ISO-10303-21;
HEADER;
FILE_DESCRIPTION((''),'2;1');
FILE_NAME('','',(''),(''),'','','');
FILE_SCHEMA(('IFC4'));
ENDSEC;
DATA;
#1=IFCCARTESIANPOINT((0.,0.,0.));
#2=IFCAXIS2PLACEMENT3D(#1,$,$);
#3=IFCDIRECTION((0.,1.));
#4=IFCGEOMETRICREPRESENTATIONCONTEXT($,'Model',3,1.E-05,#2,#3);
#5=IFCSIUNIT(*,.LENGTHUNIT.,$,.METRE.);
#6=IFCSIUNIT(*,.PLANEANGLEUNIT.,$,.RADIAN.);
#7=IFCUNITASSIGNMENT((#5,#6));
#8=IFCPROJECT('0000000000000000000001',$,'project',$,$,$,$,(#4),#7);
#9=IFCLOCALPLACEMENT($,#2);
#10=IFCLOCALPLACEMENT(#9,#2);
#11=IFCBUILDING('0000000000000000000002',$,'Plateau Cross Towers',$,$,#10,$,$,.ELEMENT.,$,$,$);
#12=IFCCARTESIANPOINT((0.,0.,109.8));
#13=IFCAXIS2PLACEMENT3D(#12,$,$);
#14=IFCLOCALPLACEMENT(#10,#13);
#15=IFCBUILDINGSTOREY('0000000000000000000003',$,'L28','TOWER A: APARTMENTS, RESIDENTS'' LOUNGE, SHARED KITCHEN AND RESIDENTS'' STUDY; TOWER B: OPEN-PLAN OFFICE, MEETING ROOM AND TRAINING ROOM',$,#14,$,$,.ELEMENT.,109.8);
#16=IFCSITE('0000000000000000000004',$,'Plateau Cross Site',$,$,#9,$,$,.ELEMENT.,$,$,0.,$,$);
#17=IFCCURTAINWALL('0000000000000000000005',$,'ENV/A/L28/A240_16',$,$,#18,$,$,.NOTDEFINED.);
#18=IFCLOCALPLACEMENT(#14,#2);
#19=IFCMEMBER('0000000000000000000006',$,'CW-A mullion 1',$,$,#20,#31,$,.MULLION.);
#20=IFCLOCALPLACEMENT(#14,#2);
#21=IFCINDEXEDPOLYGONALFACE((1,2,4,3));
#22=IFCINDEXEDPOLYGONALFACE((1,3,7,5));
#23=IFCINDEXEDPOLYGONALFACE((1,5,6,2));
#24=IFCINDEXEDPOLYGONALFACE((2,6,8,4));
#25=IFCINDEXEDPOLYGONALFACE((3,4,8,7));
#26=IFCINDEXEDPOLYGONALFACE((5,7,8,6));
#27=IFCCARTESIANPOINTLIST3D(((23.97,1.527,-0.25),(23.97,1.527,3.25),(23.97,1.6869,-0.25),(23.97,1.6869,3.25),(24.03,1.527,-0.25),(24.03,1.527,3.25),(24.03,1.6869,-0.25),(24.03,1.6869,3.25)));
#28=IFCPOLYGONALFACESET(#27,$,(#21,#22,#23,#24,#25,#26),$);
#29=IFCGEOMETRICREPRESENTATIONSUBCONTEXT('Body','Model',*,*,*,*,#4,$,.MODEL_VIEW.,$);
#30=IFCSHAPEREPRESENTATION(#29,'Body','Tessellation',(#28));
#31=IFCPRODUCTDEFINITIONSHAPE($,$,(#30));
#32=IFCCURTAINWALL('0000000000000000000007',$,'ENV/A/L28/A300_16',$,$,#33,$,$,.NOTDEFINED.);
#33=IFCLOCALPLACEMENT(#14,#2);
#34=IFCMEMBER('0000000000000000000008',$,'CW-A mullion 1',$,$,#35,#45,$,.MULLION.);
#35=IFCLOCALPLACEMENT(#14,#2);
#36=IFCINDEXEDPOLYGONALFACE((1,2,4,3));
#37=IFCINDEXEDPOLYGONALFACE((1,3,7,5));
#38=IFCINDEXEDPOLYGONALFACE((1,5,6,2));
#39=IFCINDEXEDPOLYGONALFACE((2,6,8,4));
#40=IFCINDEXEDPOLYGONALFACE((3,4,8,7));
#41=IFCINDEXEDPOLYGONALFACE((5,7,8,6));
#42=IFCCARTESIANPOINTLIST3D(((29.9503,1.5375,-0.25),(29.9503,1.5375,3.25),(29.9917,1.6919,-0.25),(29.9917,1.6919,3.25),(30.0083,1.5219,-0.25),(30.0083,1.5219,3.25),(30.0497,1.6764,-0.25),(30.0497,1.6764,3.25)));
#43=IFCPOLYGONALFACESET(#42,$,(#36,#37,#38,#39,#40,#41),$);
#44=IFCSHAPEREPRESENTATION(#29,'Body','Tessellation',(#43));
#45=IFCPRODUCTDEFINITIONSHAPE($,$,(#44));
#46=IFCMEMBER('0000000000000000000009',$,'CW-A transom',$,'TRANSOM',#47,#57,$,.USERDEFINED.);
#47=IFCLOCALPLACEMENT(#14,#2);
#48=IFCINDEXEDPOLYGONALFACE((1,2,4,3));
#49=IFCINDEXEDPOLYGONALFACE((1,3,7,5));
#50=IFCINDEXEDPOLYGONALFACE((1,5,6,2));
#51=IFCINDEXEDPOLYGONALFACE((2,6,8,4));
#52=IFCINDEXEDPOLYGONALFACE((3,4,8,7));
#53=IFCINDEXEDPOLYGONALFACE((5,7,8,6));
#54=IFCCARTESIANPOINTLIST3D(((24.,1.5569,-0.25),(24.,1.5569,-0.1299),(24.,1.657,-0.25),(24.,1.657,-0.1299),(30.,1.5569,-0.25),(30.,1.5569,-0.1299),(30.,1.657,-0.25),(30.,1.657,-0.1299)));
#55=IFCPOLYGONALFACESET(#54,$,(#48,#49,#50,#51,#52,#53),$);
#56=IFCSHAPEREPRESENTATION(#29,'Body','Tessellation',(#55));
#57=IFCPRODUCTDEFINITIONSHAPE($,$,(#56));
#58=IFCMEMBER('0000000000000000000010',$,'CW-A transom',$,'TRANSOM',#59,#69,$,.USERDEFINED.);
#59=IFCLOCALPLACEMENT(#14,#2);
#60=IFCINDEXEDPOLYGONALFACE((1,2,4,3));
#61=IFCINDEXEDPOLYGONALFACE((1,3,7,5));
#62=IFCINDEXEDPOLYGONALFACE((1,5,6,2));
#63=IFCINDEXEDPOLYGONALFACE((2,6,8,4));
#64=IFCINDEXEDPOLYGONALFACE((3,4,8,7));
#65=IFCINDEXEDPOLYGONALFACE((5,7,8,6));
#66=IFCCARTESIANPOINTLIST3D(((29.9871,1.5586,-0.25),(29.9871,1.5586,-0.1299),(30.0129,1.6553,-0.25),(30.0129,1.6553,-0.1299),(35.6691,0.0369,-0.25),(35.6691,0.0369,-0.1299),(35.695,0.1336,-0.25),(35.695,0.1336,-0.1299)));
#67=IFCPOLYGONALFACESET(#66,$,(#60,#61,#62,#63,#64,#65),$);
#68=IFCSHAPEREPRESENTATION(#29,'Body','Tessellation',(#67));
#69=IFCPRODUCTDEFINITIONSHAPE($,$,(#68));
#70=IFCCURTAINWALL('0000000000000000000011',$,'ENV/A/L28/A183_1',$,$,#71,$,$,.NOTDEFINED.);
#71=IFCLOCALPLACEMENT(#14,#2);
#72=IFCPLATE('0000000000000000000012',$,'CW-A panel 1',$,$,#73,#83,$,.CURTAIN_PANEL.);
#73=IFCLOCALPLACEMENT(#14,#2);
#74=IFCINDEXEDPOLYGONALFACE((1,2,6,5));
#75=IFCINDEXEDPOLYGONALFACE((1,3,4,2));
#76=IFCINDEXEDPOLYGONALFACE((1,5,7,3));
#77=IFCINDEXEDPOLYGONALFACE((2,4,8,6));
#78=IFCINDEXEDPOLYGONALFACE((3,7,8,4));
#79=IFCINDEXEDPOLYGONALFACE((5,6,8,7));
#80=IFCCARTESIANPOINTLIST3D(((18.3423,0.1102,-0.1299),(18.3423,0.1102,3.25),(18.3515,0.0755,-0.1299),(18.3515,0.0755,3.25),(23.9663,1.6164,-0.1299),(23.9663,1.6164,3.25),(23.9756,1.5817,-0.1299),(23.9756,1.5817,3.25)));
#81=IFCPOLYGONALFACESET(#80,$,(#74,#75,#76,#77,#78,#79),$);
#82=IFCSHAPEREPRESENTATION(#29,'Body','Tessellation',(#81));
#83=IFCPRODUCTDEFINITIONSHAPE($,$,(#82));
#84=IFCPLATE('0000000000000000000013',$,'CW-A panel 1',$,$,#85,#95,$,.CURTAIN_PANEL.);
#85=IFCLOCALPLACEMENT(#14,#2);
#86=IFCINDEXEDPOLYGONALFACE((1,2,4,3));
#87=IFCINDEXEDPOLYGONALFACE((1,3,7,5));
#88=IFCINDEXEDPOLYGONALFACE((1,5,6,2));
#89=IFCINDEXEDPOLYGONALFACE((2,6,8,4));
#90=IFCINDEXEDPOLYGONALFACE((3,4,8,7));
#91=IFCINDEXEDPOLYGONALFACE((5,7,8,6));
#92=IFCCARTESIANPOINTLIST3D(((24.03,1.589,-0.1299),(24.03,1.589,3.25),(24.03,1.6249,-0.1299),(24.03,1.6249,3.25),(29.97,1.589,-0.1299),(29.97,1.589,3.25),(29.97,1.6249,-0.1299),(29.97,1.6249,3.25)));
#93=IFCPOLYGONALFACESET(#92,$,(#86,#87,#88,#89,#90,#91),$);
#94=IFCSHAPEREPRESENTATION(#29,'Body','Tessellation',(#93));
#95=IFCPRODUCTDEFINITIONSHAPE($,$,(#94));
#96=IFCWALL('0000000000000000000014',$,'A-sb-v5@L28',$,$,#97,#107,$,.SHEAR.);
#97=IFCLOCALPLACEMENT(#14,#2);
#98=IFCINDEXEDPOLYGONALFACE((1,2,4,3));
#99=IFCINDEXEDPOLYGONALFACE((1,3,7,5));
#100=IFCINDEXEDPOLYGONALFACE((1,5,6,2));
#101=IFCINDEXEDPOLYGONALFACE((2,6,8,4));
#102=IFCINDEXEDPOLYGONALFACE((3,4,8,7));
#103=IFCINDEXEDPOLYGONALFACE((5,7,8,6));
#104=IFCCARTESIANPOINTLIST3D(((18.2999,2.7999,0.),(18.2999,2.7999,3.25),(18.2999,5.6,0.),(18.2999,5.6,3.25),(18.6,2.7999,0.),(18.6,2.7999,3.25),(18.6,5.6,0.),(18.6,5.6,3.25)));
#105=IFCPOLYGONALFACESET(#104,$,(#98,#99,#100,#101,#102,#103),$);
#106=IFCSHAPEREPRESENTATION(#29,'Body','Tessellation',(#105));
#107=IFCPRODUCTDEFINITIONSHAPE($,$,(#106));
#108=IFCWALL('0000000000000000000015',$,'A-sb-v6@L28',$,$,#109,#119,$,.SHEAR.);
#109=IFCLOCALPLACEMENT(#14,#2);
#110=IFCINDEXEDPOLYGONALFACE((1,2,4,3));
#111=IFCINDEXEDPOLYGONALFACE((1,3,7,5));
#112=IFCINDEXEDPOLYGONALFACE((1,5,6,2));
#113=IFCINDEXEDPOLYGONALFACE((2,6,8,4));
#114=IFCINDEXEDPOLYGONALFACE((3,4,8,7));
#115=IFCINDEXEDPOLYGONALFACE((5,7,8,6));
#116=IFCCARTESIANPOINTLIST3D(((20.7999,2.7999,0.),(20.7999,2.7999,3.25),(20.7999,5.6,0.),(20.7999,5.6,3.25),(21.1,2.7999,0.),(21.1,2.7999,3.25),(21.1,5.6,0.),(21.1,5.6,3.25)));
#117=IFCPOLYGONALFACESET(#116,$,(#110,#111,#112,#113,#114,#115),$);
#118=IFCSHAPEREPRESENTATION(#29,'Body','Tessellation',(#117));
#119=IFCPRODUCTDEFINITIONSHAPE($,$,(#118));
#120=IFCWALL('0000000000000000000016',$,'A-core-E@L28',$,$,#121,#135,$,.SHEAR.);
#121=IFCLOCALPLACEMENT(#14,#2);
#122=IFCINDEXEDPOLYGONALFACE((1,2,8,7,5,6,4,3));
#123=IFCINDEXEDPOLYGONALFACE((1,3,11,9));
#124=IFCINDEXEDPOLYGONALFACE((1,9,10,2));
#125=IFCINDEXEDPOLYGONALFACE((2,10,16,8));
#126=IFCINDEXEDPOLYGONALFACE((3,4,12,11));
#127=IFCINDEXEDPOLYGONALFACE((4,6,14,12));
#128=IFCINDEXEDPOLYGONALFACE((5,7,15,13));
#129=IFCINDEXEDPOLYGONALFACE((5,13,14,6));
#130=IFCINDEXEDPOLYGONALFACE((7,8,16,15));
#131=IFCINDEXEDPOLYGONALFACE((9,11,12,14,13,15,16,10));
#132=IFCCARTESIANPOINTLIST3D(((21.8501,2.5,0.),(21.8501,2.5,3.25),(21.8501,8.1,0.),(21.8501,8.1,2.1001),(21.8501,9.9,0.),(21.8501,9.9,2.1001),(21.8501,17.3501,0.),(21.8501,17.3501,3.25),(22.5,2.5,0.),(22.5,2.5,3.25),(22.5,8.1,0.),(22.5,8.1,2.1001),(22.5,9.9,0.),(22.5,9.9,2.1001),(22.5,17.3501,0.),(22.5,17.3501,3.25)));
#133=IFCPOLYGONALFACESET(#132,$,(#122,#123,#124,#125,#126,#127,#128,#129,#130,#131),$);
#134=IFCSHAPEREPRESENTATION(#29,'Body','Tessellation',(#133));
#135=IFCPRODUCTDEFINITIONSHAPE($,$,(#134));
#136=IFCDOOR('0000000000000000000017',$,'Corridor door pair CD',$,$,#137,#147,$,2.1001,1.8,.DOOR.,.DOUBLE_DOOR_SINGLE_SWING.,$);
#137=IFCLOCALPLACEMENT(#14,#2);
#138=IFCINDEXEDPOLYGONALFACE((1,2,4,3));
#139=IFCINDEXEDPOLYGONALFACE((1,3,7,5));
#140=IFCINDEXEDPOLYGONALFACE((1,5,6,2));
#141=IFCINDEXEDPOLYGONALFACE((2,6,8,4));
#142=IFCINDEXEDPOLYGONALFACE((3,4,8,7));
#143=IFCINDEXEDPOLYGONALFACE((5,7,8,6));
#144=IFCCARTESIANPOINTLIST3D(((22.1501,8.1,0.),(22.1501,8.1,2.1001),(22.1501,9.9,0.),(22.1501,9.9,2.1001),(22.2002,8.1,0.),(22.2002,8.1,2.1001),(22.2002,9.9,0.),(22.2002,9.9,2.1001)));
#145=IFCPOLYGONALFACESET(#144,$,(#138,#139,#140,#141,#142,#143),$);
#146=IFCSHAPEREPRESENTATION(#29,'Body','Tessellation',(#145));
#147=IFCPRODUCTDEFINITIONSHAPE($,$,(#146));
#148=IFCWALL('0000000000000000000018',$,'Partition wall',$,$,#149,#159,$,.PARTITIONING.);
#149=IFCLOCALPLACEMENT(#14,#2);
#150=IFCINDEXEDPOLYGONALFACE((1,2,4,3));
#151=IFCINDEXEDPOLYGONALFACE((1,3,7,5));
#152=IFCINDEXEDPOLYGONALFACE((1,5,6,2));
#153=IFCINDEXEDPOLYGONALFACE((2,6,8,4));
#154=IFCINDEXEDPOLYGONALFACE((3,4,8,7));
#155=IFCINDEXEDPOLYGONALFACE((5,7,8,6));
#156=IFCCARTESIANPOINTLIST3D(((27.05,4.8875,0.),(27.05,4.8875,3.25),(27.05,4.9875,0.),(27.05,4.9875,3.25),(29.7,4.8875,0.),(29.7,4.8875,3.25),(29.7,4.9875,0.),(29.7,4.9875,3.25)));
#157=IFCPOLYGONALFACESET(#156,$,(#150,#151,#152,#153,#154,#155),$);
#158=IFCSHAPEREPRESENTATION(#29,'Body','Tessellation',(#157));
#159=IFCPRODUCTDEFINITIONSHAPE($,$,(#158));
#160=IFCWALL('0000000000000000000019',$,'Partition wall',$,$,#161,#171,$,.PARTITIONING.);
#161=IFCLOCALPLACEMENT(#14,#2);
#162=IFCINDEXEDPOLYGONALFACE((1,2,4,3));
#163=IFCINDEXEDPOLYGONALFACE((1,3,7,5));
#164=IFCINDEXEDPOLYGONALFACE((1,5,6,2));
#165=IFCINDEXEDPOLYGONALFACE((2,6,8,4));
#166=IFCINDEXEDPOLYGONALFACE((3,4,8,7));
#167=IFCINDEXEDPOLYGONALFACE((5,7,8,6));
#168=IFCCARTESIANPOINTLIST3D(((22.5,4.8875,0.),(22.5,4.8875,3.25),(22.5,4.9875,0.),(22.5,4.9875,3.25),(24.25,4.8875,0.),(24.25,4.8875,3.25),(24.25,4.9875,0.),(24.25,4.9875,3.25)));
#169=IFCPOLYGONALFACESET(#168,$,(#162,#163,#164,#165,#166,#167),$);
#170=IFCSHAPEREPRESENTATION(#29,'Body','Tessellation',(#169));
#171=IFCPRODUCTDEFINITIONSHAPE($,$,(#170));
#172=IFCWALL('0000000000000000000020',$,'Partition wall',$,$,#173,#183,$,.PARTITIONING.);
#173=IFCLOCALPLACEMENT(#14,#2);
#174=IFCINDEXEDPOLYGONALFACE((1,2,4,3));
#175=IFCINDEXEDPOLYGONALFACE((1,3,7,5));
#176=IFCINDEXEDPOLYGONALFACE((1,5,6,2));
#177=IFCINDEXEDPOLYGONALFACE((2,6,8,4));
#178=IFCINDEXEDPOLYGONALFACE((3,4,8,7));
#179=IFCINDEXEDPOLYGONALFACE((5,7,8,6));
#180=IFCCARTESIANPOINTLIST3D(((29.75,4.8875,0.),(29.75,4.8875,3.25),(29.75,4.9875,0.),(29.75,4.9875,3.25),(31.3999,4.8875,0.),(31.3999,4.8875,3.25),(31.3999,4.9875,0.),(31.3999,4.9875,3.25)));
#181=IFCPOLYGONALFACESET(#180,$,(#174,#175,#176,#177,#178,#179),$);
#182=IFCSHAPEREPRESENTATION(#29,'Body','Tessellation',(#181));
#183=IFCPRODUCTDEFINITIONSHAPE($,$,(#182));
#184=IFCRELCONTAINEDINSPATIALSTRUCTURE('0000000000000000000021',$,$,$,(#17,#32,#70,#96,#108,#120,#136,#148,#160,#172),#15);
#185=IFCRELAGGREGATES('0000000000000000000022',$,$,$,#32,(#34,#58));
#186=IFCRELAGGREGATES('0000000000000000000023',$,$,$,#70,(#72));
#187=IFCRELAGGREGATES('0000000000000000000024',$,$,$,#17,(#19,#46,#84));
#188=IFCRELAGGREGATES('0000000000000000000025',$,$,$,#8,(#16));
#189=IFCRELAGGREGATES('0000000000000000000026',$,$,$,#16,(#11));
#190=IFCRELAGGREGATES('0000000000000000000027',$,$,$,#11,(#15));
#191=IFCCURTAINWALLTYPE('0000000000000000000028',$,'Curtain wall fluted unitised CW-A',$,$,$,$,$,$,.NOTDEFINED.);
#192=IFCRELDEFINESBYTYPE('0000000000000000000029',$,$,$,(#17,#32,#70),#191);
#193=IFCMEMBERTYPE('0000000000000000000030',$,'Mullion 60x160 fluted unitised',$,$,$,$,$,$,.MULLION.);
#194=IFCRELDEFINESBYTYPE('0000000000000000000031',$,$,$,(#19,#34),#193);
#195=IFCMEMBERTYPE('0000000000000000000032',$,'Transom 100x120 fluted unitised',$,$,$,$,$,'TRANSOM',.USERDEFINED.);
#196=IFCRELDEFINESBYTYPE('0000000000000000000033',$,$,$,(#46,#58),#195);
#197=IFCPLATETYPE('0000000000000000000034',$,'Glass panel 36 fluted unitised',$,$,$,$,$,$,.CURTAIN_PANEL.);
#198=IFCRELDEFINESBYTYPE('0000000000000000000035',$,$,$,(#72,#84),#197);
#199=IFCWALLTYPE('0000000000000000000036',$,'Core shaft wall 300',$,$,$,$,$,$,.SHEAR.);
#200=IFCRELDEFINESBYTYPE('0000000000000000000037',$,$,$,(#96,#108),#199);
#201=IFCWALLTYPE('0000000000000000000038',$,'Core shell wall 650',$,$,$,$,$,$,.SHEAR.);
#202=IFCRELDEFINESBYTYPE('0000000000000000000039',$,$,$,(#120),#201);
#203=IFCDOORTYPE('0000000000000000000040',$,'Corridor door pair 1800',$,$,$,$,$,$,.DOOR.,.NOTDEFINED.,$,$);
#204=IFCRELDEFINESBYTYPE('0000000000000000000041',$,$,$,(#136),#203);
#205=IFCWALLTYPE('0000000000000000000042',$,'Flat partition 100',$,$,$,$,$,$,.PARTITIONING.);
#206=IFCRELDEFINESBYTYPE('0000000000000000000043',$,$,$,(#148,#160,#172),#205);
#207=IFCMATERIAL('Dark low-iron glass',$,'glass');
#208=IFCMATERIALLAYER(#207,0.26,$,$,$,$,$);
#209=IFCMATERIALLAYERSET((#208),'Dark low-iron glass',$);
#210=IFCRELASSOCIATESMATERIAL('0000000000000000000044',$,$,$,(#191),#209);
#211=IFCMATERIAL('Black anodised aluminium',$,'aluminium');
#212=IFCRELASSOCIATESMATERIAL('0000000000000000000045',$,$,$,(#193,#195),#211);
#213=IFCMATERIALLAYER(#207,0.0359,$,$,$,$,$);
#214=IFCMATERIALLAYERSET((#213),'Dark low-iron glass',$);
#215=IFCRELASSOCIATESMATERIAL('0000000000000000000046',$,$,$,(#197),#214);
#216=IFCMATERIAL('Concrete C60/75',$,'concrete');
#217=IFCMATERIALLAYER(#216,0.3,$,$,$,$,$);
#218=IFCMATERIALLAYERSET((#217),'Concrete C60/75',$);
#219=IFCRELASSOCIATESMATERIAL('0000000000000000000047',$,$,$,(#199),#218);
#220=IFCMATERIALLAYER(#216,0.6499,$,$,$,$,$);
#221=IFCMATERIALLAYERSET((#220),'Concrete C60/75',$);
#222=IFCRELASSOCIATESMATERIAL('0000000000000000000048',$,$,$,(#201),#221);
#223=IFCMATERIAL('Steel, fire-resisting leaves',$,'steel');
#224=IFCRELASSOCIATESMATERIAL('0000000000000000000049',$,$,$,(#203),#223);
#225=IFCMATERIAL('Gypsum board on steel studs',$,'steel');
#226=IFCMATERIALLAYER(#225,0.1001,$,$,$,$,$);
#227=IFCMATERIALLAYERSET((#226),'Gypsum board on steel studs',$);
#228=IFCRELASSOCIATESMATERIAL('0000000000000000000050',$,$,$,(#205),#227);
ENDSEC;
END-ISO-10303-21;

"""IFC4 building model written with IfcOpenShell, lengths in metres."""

from ifc_helpers import new_model, si_unit, direction, frame, frame_2d, origin, origin_2d, place, context, subcontext, project, spatial, rectangle, extrude, material, layer, layer_set, material_profile, profile_set, type_object, element, fill, aggregate, save


model = new_model("IFC4")

# Units and contexts
model_context = context("Model", 3, precision=1e-05, world=origin(), true_north=direction((0.0, 1.0)))
body_context = subcontext(model_context, "Body", "Model", "MODEL_VIEW")
ifc_project = project(units=[si_unit("LENGTHUNIT", "METRE"), si_unit("PLANEANGLEUNIT", "RADIAN")], contexts=[model_context])

# Site, building, storey
site_placement = place(None, origin())
site = spatial("IfcSite", under=ifc_project, at=site_placement, Name="Plateau Cross Site", CompositionType="ELEMENT", RefElevation=0.0)
building_placement = place(site_placement, origin())
building = spatial("IfcBuilding", under=site, at=building_placement, Name="Plateau Cross Towers", CompositionType="ELEMENT")
storey_placement = place(building_placement, frame((0.0, 0.0, 109.8)))
storey = spatial("IfcBuildingStorey", under=building, at=storey_placement, Name="L28", Description="TOWER A: APARTMENTS, RESIDENTS' LOUNGE, SHARED KITCHEN AND RESIDENTS' STUDY; TOWER B: OPEN-PLAN OFFICE, MEETING ROOM AND TRAINING ROOM", CompositionType="ELEMENT", Elevation=109.8)

# Curtain walls, members
ifc_material_1 = material(Name="Dark low-iron glass", Category="glass")
ifc_layer_1 = layer(ifc_material_1, 0.26)
ifc_layer_set_1 = layer_set([ifc_layer_1], Name="Dark low-iron glass")
curtain_wall_type = type_object("IfcCurtainWallType", Name="Curtain wall fluted unitised CW-A", PredefinedType="NOTDEFINED", material=ifc_layer_set_1)
curtain_wall_1_placement = place(storey_placement, origin())
curtain_wall_1 = element("IfcCurtainWall", 1, at=curtain_wall_1_placement, inside=storey, type_object=curtain_wall_type, Name="ENV/A/L28/A240_16", PredefinedType="NOTDEFINED")
ifc_material_2 = material(Name="Black anodised aluminium", Category="aluminium")
ifc_material_profile_1 = material_profile(ifc_material_2, rectangle(XDim=0.0601, YDim=0.1599, at=origin_2d()), Name="MULLION 60x160")
ifc_profile_set_1 = profile_set([ifc_material_profile_1], Name="Black anodised aluminium")
member_type_1 = type_object("IfcMemberType", Name="Mullion 60x160 fluted unitised", PredefinedType="MULLION", material=ifc_profile_set_1)
member_1_placement = place(storey_placement, frame((24.0, 1.6069, -0.25), z_axis=(0.0, 0.0, 1.0), x_axis=(1.0, 0.0, 0.0)))
member_1 = element("IfcMember", 2, at=member_1_placement, type_object=member_type_1, Name="CW-A mullion 1", PredefinedType="MULLION", context=body_context, shape_type="SweptSolid", body=[
    extrude(rectangle(XDim=0.0601, YDim=0.1599, at=origin_2d()), origin(), (0.0, 0.0, 1.0), 3.5),
])
curtain_wall_2_placement = place(storey_placement, origin())
curtain_wall_2 = element("IfcCurtainWall", 3, at=curtain_wall_2_placement, inside=storey, type_object=curtain_wall_type, Name="ENV/A/L28/A300_16", PredefinedType="NOTDEFINED")
member_2_placement = place(storey_placement, frame((30.0, 1.6069, -0.25), z_axis=(0.0, 0.0, 1.0), x_axis=(0.965958, -0.258699, 0.0)))
member_2 = element("IfcMember", 4, at=member_2_placement, type_object=member_type_1, Name="CW-A mullion 1", PredefinedType="MULLION", context=body_context, shape_type="SweptSolid", body=[
    extrude(rectangle(XDim=0.0601, YDim=0.1599, at=origin_2d()), origin(), (0.0, 0.0, 1.0), 3.5),
])

# Members
ifc_material_profile_2 = material_profile(ifc_material_2, rectangle(XDim=0.1001, YDim=0.1201, at=origin_2d()), Name="TRANSOM 100x120")
ifc_profile_set_2 = profile_set([ifc_material_profile_2], Name="Black anodised aluminium")
member_type_2 = type_object("IfcMemberType", Name="Transom 100x120 fluted unitised", ElementType="TRANSOM", PredefinedType="USERDEFINED", material=ifc_profile_set_2)
member_3_placement = place(storey_placement, frame((24.0, 1.6069, -0.1899), z_axis=(1.0, 0.0, 0.0), x_axis=(0.0, 1.0, 0.0)))
member_3 = element("IfcMember", 5, at=member_3_placement, type_object=member_type_2, Name="CW-A transom", ObjectType="TRANSOM", PredefinedType="USERDEFINED", context=body_context, shape_type="SweptSolid", body=[
    extrude(rectangle(XDim=0.1001, YDim=0.1201, at=origin_2d()), origin(), (0.0, 0.0, 1.0), 6.0),
])
member_4_placement = place(storey_placement, frame((30.0, 1.6069, -0.1899), z_axis=(0.96596, -0.258693, 0.0), x_axis=(0.258693, 0.96596, 0.0)))
member_4 = element("IfcMember", 6, at=member_4_placement, type_object=member_type_2, Name="CW-A transom", ObjectType="TRANSOM", PredefinedType="USERDEFINED", context=body_context, shape_type="SweptSolid", body=[
    extrude(rectangle(XDim=0.1001, YDim=0.1201, at=origin_2d()), origin(), (0.0, 0.0, 1.0), 5.8823),
])
aggregate(curtain_wall_2, [member_2, member_4])

# Curtain wall, plate
curtain_wall_3_placement = place(storey_placement, origin())
curtain_wall_3 = element("IfcCurtainWall", 7, at=curtain_wall_3_placement, inside=storey, type_object=curtain_wall_type, Name="ENV/A/L28/A183_1", PredefinedType="NOTDEFINED")
ifc_layer_2 = layer(ifc_material_1, 0.0359)
ifc_layer_set_2 = layer_set([ifc_layer_2], Name="Dark low-iron glass")
plate_type = type_object("IfcPlateType", Name="Glass panel 36 fluted unitised", PredefinedType="CURTAIN_PANEL", material=ifc_layer_set_2)
plate_1_placement = place(storey_placement, frame((21.1589, 0.8459, -0.1299), z_axis=(0.0, 0.0, 1.0), x_axis=(0.965958, 0.258699, 0.0)))
plate_1 = element("IfcPlate", 8, at=plate_1_placement, type_object=plate_type, Name="CW-A panel 1", PredefinedType="CURTAIN_PANEL", context=body_context, shape_type="SweptSolid", body=[
    extrude(rectangle(XDim=5.8223, YDim=0.0359, at=origin_2d()), origin(), (0.0, 0.0, 1.0), 3.3799),
])
aggregate(curtain_wall_3, [plate_1])

# Plate
plate_2_placement = place(storey_placement, frame((27.0, 1.6069, -0.1299), z_axis=(0.0, 0.0, 1.0), x_axis=(1.0, 0.0, 0.0)))
plate_2 = element("IfcPlate", 9, at=plate_2_placement, type_object=plate_type, Name="CW-A panel 1", PredefinedType="CURTAIN_PANEL", context=body_context, shape_type="SweptSolid", body=[
    extrude(rectangle(XDim=5.9399, YDim=0.0359, at=origin_2d()), origin(), (0.0, 0.0, 1.0), 3.3799),
])
aggregate(curtain_wall_1, [member_1, member_3, plate_2])

# Walls
ifc_material_3 = material(Name="Concrete C60/75", Category="concrete")
ifc_layer_3 = layer(ifc_material_3, 0.3)
ifc_layer_set_3 = layer_set([ifc_layer_3], Name="Concrete C60/75")
wall_type_1 = type_object("IfcWallType", Name="Core shaft wall 300", PredefinedType="SHEAR", material=ifc_layer_set_3)
for number, where, z_axis, x_axis, name in (
    (10, (18.45, 2.8, 0.0), (0.0, 0.0, 1.0), (0.0, 1.0, 0.0), "A-sb-v5@L28"),
    (11, (20.95, 2.8, 0.0), (0.0, 0.0, 1.0), (0.0, 1.0, 0.0), "A-sb-v6@L28"),
):
    element("IfcWall", number, at=place(storey_placement, frame(where, z_axis=z_axis, x_axis=x_axis)), inside=storey, type_object=wall_type_1, Name=name, PredefinedType="SHEAR", context=body_context, shape_type="SweptSolid", body=[
        extrude(rectangle(XDim=2.8, YDim=0.3, at=frame_2d((1.3999, 0.0))), origin(), (0.0, 0.0, 1.0), 3.25),
    ])

# Wall, opening, door
ifc_layer_4 = layer(ifc_material_3, 0.6499)
ifc_layer_set_4 = layer_set([ifc_layer_4], Name="Concrete C60/75")
wall_type_2 = type_object("IfcWallType", Name="Core shell wall 650", PredefinedType="SHEAR", material=ifc_layer_set_4)
wall_1_placement = place(storey_placement, frame((22.175, 2.5, 0.0), z_axis=(0.0, 0.0, 1.0), x_axis=(0.0, 1.0, 0.0)))
wall_1 = element("IfcWall", 12, at=wall_1_placement, inside=storey, type_object=wall_type_2, Name="A-core-E@L28", PredefinedType="SHEAR", context=body_context, shape_type="SweptSolid", body=[
    extrude(rectangle(XDim=14.8501, YDim=0.6499, at=frame_2d((7.425, 0.0))), origin(), (0.0, 0.0, 1.0), 3.25),
])
opening_1_placement = place(wall_1_placement, frame((5.6001, 0.0, 0.0)))
opening_1 = element("IfcOpeningElement", 13, at=opening_1_placement, cuts=wall_1, PredefinedType="OPENING", context=body_context, shape_type="SweptSolid", body=[
    extrude(rectangle(XDim=1.8, YDim=2.1001, at=frame_2d((0.8999, 1.05))), frame((0.0, 0.335, 0.0), z_axis=(0.0, -1.0, 0.0), x_axis=(1.0, 0.0, 0.0)), (0.0, 0.0, 1.0), 0.6699),
])
ifc_material_4 = material(Name="Steel, fire-resisting leaves", Category="steel")
door_type_1 = type_object("IfcDoorType", Name="Corridor door pair 1800", OperationType="NOTDEFINED", PredefinedType="DOOR", material=ifc_material_4)
door_1_placement = place(opening_1_placement, origin())
door_1 = element("IfcDoor", 14, at=door_1_placement, inside=storey, type_object=door_type_1, Name="Corridor door pair CD", OperationType="DOUBLE_DOOR_SINGLE_SWING", OverallHeight=2.1001, OverallWidth=1.8, PredefinedType="DOOR", context=body_context, shape_type="SweptSolid", body=[
    extrude(rectangle(XDim=1.8, YDim=2.1001, at=frame_2d((0.8999, 1.05))), frame((0.0, 0.0249, 0.0), z_axis=(0.0, -1.0, 0.0), x_axis=(1.0, 0.0, 0.0)), (0.0, 0.0, 1.0), 0.05),
])
fill(opening_1, door_1)

# Walls
ifc_material_5 = material(Name="Gypsum board on steel studs", Category="steel")
ifc_layer_5 = layer(ifc_material_5, 0.1001)
ifc_layer_set_5 = layer_set([ifc_layer_5], Name="Gypsum board on steel studs")
wall_type_3 = type_object("IfcWallType", Name="Flat partition 100", PredefinedType="PARTITIONING", material=ifc_layer_set_5)
wall_2_placement = place(storey_placement, frame((29.7, 4.9375, 0.0), z_axis=(0.0, 0.0, 1.0), x_axis=(-1.0, 0.0, 0.0)))
element("IfcWall", 15, at=wall_2_placement, inside=storey, type_object=wall_type_3, Name="Partition wall", PredefinedType="PARTITIONING", context=body_context, shape_type="SweptSolid", body=[
    extrude(rectangle(XDim=2.6499, YDim=0.1001, at=frame_2d((1.325, 0.0))), origin(), (0.0, 0.0, 1.0), 3.25),
])
wall_3_placement = place(storey_placement, frame((22.5, 4.9375, 0.0), z_axis=(0.0, 0.0, 1.0), x_axis=(1.0, 0.0, 0.0)))
element("IfcWall", 16, at=wall_3_placement, inside=storey, type_object=wall_type_3, Name="Partition wall", PredefinedType="PARTITIONING", context=body_context, shape_type="SweptSolid", body=[
    extrude(rectangle(XDim=1.75, YDim=0.1001, at=frame_2d((0.875, 0.0))), origin(), (0.0, 0.0, 1.0), 3.25),
])
wall_4_placement = place(storey_placement, frame((29.75, 4.9375, 0.0), z_axis=(0.0, 0.0, 1.0), x_axis=(1.0, 0.0, 0.0)))
element("IfcWall", 17, at=wall_4_placement, inside=storey, type_object=wall_type_3, Name="Partition wall", PredefinedType="PARTITIONING", context=body_context, shape_type="SweptSolid", body=[
    extrude(rectangle(XDim=1.6499, YDim=0.1001, at=frame_2d((0.825, 0.0))), origin(), (0.0, 0.0, 1.0), 3.25),
])

save(model, "model.ifc")
